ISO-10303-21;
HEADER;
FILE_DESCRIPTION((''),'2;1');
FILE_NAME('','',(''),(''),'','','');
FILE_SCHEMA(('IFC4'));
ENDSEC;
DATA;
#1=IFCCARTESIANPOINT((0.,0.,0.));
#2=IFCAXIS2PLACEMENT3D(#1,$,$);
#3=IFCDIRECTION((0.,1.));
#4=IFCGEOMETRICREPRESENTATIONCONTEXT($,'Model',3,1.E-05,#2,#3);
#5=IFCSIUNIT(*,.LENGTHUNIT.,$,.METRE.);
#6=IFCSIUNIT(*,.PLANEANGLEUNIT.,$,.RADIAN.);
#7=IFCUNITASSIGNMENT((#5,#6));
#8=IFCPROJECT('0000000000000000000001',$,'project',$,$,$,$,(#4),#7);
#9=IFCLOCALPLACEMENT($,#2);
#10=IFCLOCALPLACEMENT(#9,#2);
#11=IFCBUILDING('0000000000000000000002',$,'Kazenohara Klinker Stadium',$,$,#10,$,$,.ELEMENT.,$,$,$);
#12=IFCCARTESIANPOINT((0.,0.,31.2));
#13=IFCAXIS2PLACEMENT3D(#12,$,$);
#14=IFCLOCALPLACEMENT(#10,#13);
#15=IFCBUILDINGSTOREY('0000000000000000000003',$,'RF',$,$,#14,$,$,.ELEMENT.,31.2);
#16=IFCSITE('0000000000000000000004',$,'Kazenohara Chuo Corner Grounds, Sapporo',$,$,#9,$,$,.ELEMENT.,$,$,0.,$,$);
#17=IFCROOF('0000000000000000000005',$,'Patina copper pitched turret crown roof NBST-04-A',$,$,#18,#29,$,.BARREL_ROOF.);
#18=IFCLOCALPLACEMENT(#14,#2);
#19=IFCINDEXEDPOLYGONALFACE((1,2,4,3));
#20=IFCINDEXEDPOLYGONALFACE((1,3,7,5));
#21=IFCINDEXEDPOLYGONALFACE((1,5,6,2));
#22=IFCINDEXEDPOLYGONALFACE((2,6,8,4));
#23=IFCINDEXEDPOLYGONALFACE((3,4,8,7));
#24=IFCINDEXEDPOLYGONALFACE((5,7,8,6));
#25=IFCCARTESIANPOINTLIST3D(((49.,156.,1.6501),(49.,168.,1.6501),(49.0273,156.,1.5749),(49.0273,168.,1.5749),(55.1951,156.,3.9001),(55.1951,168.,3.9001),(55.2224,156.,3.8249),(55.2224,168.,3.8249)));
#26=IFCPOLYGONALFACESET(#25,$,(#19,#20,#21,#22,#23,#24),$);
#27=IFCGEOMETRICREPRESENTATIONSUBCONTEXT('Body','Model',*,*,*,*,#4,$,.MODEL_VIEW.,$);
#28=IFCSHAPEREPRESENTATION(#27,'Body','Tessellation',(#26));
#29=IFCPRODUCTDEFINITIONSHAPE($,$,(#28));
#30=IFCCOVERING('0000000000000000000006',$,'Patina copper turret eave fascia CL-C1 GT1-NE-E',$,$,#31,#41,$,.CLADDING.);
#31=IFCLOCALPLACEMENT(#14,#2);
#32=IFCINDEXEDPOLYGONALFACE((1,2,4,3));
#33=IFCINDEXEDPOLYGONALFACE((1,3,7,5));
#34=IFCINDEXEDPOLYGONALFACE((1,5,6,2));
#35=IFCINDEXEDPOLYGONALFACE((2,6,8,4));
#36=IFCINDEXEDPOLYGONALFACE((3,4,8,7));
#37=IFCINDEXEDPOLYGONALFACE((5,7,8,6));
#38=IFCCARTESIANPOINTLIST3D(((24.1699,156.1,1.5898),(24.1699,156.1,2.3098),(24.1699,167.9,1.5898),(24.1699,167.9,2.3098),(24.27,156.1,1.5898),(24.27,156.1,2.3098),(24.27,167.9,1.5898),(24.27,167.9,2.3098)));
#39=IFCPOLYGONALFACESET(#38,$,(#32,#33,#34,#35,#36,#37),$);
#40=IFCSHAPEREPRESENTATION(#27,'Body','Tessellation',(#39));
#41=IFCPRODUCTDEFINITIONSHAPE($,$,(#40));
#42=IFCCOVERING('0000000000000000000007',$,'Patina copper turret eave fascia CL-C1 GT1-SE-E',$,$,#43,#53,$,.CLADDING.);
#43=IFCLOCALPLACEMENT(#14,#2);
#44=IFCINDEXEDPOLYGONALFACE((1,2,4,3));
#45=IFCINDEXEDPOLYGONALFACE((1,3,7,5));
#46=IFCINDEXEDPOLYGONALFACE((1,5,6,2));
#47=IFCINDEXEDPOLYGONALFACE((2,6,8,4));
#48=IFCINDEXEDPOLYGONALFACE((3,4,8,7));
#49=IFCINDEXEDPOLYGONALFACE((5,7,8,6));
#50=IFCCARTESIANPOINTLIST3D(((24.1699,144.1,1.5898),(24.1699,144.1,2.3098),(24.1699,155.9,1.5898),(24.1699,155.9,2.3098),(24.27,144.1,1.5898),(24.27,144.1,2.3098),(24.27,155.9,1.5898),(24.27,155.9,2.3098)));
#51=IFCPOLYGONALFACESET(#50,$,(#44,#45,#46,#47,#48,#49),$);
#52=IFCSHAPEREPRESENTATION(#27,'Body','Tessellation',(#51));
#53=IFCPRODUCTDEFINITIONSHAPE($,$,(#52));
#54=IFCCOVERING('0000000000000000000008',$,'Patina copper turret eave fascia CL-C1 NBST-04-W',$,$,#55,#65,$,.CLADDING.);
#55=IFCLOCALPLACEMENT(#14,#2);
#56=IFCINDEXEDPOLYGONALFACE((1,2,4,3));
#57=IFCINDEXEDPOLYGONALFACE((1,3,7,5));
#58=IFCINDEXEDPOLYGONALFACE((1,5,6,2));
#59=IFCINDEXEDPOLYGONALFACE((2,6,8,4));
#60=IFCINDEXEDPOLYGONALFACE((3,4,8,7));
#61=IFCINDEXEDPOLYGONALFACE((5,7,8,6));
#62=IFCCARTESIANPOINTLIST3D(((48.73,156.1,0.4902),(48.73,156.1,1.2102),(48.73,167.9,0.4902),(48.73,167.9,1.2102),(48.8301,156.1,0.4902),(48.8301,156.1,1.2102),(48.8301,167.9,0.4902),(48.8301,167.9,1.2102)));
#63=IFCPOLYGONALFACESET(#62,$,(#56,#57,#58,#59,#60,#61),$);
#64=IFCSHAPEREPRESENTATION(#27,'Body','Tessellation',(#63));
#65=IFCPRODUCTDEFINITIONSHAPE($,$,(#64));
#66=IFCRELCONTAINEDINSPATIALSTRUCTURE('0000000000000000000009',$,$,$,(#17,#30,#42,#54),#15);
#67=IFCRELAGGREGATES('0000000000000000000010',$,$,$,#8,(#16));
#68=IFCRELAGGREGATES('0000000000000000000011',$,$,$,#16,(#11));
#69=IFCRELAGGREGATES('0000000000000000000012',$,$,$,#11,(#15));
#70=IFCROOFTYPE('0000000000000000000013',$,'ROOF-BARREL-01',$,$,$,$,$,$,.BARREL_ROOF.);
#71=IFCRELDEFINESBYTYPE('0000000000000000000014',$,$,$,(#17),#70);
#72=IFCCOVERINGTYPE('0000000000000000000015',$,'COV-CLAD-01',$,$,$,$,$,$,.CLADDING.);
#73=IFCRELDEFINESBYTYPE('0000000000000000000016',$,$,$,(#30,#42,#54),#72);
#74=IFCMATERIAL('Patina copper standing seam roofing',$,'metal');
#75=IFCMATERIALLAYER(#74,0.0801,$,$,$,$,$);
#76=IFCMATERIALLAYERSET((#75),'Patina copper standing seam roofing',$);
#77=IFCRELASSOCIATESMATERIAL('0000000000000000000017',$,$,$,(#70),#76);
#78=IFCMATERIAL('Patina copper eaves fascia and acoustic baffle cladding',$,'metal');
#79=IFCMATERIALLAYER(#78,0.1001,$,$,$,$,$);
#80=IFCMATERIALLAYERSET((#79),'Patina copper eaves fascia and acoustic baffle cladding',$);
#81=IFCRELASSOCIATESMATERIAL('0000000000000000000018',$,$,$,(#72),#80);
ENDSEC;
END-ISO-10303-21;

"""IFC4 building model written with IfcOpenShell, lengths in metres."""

from ifc_helpers import new_model, si_unit, direction, frame, origin, origin_2d, place, context, subcontext, project, spatial, polyline, rectangle, outline, extrude, material, layer, layer_set, type_object, element, save


model = new_model("IFC4")

# Units and contexts
model_context = context("Model", 3, precision=1e-05, world=origin(), true_north=direction((0.0, 1.0)))
body_context = subcontext(model_context, "Body", "Model", "MODEL_VIEW")
ifc_project = project(units=[si_unit("LENGTHUNIT", "METRE"), si_unit("PLANEANGLEUNIT", "RADIAN")], contexts=[model_context])

# Site, building, storey
site_placement = place(None, origin())
site = spatial("IfcSite", under=ifc_project, at=site_placement, Name="Kazenohara Chuo Corner Grounds, Sapporo", CompositionType="ELEMENT", RefElevation=0.0)
building_placement = place(site_placement, origin())
building = spatial("IfcBuilding", under=site, at=building_placement, Name="Kazenohara Klinker Stadium", CompositionType="ELEMENT")
storey_placement = place(building_placement, frame((0.0, 0.0, 31.2)))
storey = spatial("IfcBuildingStorey", under=building, at=storey_placement, Name="RF", CompositionType="ELEMENT", Elevation=31.2)

# Roof
ifc_material_1 = material(Name="Patina copper standing seam roofing", Category="metal")
ifc_layer_1 = layer(ifc_material_1, 0.0801)
ifc_layer_set_1 = layer_set([ifc_layer_1], Name="Patina copper standing seam roofing")
roof_type = type_object("IfcRoofType", Name="ROOF-BARREL-01", PredefinedType="BARREL_ROOF", material=ifc_layer_set_1)
roof_placement = place(storey_placement, frame((49.0, 156.0, 1.6501), z_axis=(-0.341374, 0.0, 0.939927), x_axis=(0.939927, 0.0, 0.341374)))
element("IfcRoof", 1, at=roof_placement, inside=storey, type_object=roof_type, Name="Patina copper pitched turret crown roof NBST-04-A", PredefinedType="BARREL_ROOF", context=body_context, shape_type="SweptSolid", body=[
    extrude(outline(polyline([(0.0, 0.0), (6.591, 0.0), (6.591, 12.0), (0.0, 12.0), (0.0, 0.0)])), origin(), (0.0, 0.0, -1.0), 0.0801),
])

# Coverings
ifc_material_2 = material(Name="Patina copper eaves fascia and acoustic baffle cladding", Category="metal")
ifc_layer_2 = layer(ifc_material_2, 0.1001)
ifc_layer_set_2 = layer_set([ifc_layer_2], Name="Patina copper eaves fascia and acoustic baffle cladding")
covering_type = type_object("IfcCoveringType", Name="COV-CLAD-01", PredefinedType="CLADDING", material=ifc_layer_set_2)
for number, where, z_axis, x_axis, name in (
    (2, (24.22, 162.0, 1.5898), (0.0, 0.0, 1.0), (1.0, 0.0, 0.0), "Patina copper turret eave fascia CL-C1 GT1-NE-E"),
    (3, (24.22, 150.0, 1.5898), (0.0, 0.0, 1.0), (1.0, 0.0, 0.0), "Patina copper turret eave fascia CL-C1 GT1-SE-E"),
    (4, (48.78, 162.0, 0.4902), (0.0, 0.0, 1.0), (1.0, 0.0, 0.0), "Patina copper turret eave fascia CL-C1 NBST-04-W"),
):
    element("IfcCovering", number, at=place(storey_placement, frame(where, z_axis=z_axis, x_axis=x_axis)), inside=storey, type_object=covering_type, Name=name, PredefinedType="CLADDING", context=body_context, shape_type="SweptSolid", body=[
        extrude(rectangle(XDim=0.1001, YDim=11.8, at=origin_2d()), origin(), (0.0, 0.0, 1.0), 0.72),
    ])

save(model, "model.ifc")
